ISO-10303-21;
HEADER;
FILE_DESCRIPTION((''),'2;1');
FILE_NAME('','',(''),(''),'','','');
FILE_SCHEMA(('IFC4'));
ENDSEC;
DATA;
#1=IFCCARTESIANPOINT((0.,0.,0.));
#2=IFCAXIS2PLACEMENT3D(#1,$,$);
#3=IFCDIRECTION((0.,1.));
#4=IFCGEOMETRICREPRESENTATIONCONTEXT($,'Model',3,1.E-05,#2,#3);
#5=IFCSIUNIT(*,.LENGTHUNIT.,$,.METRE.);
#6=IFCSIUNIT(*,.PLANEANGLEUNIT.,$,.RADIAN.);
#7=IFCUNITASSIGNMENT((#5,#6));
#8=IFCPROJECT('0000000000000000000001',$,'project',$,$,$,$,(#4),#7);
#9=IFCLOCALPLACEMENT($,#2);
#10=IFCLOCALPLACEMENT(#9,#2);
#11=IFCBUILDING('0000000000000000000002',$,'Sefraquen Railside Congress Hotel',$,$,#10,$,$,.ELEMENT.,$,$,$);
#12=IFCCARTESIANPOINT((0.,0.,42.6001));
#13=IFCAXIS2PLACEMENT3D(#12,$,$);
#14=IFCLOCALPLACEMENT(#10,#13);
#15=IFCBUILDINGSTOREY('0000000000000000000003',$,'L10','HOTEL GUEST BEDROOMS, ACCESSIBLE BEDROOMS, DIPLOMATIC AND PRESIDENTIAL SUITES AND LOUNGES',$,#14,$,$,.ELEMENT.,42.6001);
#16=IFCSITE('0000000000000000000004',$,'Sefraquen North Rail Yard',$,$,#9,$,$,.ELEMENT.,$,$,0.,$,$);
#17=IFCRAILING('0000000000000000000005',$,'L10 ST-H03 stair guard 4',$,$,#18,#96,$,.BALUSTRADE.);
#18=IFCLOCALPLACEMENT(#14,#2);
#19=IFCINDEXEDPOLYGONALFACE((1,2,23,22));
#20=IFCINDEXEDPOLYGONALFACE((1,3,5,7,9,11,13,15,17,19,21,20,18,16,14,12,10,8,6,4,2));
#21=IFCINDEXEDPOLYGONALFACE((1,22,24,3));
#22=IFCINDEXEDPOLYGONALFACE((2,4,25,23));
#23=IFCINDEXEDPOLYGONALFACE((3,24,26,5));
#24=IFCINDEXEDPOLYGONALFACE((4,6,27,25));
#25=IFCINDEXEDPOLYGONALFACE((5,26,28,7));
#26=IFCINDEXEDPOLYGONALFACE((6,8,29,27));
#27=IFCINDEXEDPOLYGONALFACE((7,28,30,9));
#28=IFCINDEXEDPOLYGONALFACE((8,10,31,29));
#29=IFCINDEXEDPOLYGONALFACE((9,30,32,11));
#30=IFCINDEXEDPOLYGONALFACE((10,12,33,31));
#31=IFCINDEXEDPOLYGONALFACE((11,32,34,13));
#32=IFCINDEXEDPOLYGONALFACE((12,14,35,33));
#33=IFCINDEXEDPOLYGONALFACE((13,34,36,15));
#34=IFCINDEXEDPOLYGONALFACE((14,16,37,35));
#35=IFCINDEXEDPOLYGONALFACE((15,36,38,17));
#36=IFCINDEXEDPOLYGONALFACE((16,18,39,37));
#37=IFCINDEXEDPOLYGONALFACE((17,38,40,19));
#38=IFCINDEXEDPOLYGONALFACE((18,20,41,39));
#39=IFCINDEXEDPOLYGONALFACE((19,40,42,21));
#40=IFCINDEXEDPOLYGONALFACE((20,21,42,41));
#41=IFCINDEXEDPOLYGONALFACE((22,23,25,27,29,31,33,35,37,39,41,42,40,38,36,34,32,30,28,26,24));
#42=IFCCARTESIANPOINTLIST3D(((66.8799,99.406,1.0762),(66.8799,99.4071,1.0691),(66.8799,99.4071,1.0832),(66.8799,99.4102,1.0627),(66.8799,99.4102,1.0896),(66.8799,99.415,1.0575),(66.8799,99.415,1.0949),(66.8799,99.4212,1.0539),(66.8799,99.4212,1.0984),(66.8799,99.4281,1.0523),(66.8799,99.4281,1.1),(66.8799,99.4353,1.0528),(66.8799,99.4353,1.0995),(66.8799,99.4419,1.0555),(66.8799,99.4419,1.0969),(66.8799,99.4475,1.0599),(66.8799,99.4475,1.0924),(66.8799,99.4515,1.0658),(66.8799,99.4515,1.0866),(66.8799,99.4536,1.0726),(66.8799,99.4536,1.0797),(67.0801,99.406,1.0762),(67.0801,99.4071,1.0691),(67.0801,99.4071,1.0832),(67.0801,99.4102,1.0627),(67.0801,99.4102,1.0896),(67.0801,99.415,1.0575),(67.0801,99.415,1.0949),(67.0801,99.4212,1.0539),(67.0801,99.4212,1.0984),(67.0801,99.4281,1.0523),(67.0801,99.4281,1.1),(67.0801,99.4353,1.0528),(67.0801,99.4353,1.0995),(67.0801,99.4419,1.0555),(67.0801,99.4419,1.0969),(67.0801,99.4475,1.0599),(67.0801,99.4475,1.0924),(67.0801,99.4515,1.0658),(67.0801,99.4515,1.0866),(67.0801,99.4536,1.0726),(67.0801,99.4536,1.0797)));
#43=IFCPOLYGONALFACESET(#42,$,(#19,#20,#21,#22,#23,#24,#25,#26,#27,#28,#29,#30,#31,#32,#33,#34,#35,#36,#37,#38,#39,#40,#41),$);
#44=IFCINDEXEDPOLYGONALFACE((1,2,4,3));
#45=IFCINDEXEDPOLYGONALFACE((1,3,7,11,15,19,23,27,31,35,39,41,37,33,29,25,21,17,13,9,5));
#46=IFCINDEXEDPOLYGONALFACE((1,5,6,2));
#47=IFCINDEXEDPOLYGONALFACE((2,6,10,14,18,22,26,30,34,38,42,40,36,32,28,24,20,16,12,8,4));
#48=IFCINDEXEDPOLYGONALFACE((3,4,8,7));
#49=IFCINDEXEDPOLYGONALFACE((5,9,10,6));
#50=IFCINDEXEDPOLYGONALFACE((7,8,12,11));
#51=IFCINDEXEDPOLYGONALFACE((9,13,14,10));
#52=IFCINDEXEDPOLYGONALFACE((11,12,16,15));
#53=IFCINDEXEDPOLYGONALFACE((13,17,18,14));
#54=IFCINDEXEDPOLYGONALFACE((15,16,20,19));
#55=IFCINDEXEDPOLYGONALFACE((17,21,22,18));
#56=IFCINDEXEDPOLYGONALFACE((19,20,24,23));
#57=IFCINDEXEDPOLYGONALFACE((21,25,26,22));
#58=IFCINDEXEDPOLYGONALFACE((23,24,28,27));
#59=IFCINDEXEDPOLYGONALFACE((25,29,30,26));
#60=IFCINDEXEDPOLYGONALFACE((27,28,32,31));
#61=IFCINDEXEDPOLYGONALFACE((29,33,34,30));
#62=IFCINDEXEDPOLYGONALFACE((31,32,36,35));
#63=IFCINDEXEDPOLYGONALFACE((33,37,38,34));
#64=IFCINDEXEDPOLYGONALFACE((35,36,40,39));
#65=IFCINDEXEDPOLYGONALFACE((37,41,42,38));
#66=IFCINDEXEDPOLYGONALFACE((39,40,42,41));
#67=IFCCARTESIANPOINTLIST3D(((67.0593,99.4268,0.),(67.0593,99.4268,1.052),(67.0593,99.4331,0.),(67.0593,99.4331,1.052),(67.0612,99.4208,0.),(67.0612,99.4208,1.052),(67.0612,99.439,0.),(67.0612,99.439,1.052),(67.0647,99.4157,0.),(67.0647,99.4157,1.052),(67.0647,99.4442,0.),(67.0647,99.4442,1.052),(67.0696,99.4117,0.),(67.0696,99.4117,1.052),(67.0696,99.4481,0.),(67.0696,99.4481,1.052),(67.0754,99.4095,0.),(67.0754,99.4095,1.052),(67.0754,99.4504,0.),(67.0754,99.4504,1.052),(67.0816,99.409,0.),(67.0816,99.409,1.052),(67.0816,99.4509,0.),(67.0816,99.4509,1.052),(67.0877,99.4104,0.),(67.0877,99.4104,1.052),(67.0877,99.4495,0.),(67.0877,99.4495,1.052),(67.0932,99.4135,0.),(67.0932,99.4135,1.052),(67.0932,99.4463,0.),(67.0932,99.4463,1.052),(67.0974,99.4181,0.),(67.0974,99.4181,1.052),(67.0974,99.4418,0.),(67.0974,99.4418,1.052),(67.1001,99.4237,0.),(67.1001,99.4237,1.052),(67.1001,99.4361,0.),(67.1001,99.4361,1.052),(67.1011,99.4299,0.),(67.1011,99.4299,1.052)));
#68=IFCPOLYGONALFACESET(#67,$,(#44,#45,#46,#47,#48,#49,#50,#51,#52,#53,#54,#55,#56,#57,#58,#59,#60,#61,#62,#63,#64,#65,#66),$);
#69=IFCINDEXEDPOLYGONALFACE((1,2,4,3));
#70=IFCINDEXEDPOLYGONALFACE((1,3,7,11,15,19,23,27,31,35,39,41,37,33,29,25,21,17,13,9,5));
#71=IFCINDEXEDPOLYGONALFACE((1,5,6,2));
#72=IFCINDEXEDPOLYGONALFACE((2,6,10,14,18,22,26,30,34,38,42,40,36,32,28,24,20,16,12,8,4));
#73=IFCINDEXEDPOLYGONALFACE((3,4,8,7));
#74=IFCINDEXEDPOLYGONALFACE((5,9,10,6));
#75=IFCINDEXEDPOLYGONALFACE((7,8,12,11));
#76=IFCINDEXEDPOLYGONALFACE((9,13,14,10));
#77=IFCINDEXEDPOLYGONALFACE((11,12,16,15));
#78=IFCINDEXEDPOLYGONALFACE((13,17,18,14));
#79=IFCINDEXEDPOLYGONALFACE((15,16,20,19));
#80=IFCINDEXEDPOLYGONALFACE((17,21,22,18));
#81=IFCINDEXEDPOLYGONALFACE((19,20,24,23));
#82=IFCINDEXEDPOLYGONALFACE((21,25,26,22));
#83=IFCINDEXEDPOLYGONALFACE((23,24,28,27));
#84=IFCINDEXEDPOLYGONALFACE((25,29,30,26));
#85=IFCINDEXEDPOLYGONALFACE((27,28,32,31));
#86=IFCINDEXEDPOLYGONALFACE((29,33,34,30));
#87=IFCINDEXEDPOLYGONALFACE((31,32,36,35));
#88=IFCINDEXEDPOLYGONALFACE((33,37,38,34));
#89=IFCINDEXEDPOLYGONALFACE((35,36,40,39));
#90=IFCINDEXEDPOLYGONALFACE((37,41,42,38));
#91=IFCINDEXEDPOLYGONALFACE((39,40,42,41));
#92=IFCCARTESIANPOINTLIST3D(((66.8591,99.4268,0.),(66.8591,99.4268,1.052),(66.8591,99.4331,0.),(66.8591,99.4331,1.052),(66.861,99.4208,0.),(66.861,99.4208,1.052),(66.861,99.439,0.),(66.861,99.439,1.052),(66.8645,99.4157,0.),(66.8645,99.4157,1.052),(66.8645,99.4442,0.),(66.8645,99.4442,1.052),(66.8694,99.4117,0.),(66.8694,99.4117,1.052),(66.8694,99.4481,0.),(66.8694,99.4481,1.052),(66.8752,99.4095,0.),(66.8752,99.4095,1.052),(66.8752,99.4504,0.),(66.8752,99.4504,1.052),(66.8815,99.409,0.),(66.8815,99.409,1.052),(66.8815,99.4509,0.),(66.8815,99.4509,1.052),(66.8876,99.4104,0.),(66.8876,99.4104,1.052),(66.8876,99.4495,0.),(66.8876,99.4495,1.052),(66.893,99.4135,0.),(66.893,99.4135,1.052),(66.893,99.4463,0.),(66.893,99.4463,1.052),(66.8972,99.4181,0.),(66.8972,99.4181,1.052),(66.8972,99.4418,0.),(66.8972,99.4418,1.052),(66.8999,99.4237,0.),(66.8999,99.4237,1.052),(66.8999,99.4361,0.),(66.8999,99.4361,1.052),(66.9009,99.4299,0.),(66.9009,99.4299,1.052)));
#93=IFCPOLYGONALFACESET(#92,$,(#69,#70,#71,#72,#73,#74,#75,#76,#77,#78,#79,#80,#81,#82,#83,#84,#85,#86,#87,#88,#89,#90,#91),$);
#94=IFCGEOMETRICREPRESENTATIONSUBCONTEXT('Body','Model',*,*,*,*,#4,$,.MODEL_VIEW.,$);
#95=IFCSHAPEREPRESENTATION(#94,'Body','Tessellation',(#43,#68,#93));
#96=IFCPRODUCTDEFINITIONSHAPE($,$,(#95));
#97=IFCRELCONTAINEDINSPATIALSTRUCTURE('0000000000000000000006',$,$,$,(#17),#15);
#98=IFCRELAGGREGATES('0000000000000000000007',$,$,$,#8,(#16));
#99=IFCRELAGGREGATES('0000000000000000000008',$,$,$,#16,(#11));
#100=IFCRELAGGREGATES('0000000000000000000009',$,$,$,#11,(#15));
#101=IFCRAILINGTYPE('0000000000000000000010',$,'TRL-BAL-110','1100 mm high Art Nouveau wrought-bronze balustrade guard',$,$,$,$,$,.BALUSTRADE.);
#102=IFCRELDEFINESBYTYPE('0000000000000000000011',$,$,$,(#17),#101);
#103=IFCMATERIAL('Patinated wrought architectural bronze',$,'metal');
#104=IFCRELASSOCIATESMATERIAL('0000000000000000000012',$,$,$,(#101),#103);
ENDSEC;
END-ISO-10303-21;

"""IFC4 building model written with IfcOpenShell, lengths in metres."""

from ifc_helpers import new_model, si_unit, direction, frame, origin, origin_2d, place, context, subcontext, project, spatial, circle, extrude, material, type_object, element, save


model = new_model("IFC4")

# Units and contexts
model_context = context("Model", 3, precision=1e-05, world=origin(), true_north=direction((0.0, 1.0)))
body_context = subcontext(model_context, "Body", "Model", "MODEL_VIEW")
ifc_project = project(units=[si_unit("LENGTHUNIT", "METRE"), si_unit("PLANEANGLEUNIT", "RADIAN")], contexts=[model_context])

# Site, building, storey
site_placement = place(None, origin())
site = spatial("IfcSite", under=ifc_project, at=site_placement, Name="Sefraquen North Rail Yard", CompositionType="ELEMENT", RefElevation=0.0)
building_placement = place(site_placement, origin())
building = spatial("IfcBuilding", under=site, at=building_placement, Name="Sefraquen Railside Congress Hotel", CompositionType="ELEMENT")
storey_placement = place(building_placement, frame((0.0, 0.0, 42.6001)))
storey = spatial("IfcBuildingStorey", under=building, at=storey_placement, Name="L10", Description="HOTEL GUEST BEDROOMS, ACCESSIBLE BEDROOMS, DIPLOMATIC AND PRESIDENTIAL SUITES AND LOUNGES", CompositionType="ELEMENT", Elevation=42.6001)

# Railing
ifc_material_1 = material(Name="Patinated wrought architectural bronze", Category="metal")
railing_type_1 = type_object("IfcRailingType", Name="TRL-BAL-110", Description="1100 mm high Art Nouveau wrought-bronze balustrade guard", PredefinedType="BALUSTRADE", material=ifc_material_1)
railing_1_placement = place(storey_placement, frame((67.0801, 99.4299, 0.0)))
element("IfcRailing", 1, at=railing_1_placement, inside=storey, type_object=railing_type_1, Name="L10 ST-H03 stair guard 4", PredefinedType="BALUSTRADE", context=body_context, shape_type="SweptSolid", body=[
    extrude(circle(Radius=0.0239, at=origin_2d()), frame((0.0, 0.0, 1.0762), z_axis=(-1.0, 0.0, 0.0), x_axis=(0.0, -1.0, 0.0)), (0.0, 0.0, 1.0), 0.2002),
    extrude(circle(Radius=0.021, at=origin_2d()), origin(), (0.0, 0.0, 1.0), 1.052),
    extrude(circle(Radius=0.021, at=origin_2d()), frame((-0.2002, 0.0, 0.0)), (0.0, 0.0, 1.0), 1.052),
])

save(model, "model.ifc")
